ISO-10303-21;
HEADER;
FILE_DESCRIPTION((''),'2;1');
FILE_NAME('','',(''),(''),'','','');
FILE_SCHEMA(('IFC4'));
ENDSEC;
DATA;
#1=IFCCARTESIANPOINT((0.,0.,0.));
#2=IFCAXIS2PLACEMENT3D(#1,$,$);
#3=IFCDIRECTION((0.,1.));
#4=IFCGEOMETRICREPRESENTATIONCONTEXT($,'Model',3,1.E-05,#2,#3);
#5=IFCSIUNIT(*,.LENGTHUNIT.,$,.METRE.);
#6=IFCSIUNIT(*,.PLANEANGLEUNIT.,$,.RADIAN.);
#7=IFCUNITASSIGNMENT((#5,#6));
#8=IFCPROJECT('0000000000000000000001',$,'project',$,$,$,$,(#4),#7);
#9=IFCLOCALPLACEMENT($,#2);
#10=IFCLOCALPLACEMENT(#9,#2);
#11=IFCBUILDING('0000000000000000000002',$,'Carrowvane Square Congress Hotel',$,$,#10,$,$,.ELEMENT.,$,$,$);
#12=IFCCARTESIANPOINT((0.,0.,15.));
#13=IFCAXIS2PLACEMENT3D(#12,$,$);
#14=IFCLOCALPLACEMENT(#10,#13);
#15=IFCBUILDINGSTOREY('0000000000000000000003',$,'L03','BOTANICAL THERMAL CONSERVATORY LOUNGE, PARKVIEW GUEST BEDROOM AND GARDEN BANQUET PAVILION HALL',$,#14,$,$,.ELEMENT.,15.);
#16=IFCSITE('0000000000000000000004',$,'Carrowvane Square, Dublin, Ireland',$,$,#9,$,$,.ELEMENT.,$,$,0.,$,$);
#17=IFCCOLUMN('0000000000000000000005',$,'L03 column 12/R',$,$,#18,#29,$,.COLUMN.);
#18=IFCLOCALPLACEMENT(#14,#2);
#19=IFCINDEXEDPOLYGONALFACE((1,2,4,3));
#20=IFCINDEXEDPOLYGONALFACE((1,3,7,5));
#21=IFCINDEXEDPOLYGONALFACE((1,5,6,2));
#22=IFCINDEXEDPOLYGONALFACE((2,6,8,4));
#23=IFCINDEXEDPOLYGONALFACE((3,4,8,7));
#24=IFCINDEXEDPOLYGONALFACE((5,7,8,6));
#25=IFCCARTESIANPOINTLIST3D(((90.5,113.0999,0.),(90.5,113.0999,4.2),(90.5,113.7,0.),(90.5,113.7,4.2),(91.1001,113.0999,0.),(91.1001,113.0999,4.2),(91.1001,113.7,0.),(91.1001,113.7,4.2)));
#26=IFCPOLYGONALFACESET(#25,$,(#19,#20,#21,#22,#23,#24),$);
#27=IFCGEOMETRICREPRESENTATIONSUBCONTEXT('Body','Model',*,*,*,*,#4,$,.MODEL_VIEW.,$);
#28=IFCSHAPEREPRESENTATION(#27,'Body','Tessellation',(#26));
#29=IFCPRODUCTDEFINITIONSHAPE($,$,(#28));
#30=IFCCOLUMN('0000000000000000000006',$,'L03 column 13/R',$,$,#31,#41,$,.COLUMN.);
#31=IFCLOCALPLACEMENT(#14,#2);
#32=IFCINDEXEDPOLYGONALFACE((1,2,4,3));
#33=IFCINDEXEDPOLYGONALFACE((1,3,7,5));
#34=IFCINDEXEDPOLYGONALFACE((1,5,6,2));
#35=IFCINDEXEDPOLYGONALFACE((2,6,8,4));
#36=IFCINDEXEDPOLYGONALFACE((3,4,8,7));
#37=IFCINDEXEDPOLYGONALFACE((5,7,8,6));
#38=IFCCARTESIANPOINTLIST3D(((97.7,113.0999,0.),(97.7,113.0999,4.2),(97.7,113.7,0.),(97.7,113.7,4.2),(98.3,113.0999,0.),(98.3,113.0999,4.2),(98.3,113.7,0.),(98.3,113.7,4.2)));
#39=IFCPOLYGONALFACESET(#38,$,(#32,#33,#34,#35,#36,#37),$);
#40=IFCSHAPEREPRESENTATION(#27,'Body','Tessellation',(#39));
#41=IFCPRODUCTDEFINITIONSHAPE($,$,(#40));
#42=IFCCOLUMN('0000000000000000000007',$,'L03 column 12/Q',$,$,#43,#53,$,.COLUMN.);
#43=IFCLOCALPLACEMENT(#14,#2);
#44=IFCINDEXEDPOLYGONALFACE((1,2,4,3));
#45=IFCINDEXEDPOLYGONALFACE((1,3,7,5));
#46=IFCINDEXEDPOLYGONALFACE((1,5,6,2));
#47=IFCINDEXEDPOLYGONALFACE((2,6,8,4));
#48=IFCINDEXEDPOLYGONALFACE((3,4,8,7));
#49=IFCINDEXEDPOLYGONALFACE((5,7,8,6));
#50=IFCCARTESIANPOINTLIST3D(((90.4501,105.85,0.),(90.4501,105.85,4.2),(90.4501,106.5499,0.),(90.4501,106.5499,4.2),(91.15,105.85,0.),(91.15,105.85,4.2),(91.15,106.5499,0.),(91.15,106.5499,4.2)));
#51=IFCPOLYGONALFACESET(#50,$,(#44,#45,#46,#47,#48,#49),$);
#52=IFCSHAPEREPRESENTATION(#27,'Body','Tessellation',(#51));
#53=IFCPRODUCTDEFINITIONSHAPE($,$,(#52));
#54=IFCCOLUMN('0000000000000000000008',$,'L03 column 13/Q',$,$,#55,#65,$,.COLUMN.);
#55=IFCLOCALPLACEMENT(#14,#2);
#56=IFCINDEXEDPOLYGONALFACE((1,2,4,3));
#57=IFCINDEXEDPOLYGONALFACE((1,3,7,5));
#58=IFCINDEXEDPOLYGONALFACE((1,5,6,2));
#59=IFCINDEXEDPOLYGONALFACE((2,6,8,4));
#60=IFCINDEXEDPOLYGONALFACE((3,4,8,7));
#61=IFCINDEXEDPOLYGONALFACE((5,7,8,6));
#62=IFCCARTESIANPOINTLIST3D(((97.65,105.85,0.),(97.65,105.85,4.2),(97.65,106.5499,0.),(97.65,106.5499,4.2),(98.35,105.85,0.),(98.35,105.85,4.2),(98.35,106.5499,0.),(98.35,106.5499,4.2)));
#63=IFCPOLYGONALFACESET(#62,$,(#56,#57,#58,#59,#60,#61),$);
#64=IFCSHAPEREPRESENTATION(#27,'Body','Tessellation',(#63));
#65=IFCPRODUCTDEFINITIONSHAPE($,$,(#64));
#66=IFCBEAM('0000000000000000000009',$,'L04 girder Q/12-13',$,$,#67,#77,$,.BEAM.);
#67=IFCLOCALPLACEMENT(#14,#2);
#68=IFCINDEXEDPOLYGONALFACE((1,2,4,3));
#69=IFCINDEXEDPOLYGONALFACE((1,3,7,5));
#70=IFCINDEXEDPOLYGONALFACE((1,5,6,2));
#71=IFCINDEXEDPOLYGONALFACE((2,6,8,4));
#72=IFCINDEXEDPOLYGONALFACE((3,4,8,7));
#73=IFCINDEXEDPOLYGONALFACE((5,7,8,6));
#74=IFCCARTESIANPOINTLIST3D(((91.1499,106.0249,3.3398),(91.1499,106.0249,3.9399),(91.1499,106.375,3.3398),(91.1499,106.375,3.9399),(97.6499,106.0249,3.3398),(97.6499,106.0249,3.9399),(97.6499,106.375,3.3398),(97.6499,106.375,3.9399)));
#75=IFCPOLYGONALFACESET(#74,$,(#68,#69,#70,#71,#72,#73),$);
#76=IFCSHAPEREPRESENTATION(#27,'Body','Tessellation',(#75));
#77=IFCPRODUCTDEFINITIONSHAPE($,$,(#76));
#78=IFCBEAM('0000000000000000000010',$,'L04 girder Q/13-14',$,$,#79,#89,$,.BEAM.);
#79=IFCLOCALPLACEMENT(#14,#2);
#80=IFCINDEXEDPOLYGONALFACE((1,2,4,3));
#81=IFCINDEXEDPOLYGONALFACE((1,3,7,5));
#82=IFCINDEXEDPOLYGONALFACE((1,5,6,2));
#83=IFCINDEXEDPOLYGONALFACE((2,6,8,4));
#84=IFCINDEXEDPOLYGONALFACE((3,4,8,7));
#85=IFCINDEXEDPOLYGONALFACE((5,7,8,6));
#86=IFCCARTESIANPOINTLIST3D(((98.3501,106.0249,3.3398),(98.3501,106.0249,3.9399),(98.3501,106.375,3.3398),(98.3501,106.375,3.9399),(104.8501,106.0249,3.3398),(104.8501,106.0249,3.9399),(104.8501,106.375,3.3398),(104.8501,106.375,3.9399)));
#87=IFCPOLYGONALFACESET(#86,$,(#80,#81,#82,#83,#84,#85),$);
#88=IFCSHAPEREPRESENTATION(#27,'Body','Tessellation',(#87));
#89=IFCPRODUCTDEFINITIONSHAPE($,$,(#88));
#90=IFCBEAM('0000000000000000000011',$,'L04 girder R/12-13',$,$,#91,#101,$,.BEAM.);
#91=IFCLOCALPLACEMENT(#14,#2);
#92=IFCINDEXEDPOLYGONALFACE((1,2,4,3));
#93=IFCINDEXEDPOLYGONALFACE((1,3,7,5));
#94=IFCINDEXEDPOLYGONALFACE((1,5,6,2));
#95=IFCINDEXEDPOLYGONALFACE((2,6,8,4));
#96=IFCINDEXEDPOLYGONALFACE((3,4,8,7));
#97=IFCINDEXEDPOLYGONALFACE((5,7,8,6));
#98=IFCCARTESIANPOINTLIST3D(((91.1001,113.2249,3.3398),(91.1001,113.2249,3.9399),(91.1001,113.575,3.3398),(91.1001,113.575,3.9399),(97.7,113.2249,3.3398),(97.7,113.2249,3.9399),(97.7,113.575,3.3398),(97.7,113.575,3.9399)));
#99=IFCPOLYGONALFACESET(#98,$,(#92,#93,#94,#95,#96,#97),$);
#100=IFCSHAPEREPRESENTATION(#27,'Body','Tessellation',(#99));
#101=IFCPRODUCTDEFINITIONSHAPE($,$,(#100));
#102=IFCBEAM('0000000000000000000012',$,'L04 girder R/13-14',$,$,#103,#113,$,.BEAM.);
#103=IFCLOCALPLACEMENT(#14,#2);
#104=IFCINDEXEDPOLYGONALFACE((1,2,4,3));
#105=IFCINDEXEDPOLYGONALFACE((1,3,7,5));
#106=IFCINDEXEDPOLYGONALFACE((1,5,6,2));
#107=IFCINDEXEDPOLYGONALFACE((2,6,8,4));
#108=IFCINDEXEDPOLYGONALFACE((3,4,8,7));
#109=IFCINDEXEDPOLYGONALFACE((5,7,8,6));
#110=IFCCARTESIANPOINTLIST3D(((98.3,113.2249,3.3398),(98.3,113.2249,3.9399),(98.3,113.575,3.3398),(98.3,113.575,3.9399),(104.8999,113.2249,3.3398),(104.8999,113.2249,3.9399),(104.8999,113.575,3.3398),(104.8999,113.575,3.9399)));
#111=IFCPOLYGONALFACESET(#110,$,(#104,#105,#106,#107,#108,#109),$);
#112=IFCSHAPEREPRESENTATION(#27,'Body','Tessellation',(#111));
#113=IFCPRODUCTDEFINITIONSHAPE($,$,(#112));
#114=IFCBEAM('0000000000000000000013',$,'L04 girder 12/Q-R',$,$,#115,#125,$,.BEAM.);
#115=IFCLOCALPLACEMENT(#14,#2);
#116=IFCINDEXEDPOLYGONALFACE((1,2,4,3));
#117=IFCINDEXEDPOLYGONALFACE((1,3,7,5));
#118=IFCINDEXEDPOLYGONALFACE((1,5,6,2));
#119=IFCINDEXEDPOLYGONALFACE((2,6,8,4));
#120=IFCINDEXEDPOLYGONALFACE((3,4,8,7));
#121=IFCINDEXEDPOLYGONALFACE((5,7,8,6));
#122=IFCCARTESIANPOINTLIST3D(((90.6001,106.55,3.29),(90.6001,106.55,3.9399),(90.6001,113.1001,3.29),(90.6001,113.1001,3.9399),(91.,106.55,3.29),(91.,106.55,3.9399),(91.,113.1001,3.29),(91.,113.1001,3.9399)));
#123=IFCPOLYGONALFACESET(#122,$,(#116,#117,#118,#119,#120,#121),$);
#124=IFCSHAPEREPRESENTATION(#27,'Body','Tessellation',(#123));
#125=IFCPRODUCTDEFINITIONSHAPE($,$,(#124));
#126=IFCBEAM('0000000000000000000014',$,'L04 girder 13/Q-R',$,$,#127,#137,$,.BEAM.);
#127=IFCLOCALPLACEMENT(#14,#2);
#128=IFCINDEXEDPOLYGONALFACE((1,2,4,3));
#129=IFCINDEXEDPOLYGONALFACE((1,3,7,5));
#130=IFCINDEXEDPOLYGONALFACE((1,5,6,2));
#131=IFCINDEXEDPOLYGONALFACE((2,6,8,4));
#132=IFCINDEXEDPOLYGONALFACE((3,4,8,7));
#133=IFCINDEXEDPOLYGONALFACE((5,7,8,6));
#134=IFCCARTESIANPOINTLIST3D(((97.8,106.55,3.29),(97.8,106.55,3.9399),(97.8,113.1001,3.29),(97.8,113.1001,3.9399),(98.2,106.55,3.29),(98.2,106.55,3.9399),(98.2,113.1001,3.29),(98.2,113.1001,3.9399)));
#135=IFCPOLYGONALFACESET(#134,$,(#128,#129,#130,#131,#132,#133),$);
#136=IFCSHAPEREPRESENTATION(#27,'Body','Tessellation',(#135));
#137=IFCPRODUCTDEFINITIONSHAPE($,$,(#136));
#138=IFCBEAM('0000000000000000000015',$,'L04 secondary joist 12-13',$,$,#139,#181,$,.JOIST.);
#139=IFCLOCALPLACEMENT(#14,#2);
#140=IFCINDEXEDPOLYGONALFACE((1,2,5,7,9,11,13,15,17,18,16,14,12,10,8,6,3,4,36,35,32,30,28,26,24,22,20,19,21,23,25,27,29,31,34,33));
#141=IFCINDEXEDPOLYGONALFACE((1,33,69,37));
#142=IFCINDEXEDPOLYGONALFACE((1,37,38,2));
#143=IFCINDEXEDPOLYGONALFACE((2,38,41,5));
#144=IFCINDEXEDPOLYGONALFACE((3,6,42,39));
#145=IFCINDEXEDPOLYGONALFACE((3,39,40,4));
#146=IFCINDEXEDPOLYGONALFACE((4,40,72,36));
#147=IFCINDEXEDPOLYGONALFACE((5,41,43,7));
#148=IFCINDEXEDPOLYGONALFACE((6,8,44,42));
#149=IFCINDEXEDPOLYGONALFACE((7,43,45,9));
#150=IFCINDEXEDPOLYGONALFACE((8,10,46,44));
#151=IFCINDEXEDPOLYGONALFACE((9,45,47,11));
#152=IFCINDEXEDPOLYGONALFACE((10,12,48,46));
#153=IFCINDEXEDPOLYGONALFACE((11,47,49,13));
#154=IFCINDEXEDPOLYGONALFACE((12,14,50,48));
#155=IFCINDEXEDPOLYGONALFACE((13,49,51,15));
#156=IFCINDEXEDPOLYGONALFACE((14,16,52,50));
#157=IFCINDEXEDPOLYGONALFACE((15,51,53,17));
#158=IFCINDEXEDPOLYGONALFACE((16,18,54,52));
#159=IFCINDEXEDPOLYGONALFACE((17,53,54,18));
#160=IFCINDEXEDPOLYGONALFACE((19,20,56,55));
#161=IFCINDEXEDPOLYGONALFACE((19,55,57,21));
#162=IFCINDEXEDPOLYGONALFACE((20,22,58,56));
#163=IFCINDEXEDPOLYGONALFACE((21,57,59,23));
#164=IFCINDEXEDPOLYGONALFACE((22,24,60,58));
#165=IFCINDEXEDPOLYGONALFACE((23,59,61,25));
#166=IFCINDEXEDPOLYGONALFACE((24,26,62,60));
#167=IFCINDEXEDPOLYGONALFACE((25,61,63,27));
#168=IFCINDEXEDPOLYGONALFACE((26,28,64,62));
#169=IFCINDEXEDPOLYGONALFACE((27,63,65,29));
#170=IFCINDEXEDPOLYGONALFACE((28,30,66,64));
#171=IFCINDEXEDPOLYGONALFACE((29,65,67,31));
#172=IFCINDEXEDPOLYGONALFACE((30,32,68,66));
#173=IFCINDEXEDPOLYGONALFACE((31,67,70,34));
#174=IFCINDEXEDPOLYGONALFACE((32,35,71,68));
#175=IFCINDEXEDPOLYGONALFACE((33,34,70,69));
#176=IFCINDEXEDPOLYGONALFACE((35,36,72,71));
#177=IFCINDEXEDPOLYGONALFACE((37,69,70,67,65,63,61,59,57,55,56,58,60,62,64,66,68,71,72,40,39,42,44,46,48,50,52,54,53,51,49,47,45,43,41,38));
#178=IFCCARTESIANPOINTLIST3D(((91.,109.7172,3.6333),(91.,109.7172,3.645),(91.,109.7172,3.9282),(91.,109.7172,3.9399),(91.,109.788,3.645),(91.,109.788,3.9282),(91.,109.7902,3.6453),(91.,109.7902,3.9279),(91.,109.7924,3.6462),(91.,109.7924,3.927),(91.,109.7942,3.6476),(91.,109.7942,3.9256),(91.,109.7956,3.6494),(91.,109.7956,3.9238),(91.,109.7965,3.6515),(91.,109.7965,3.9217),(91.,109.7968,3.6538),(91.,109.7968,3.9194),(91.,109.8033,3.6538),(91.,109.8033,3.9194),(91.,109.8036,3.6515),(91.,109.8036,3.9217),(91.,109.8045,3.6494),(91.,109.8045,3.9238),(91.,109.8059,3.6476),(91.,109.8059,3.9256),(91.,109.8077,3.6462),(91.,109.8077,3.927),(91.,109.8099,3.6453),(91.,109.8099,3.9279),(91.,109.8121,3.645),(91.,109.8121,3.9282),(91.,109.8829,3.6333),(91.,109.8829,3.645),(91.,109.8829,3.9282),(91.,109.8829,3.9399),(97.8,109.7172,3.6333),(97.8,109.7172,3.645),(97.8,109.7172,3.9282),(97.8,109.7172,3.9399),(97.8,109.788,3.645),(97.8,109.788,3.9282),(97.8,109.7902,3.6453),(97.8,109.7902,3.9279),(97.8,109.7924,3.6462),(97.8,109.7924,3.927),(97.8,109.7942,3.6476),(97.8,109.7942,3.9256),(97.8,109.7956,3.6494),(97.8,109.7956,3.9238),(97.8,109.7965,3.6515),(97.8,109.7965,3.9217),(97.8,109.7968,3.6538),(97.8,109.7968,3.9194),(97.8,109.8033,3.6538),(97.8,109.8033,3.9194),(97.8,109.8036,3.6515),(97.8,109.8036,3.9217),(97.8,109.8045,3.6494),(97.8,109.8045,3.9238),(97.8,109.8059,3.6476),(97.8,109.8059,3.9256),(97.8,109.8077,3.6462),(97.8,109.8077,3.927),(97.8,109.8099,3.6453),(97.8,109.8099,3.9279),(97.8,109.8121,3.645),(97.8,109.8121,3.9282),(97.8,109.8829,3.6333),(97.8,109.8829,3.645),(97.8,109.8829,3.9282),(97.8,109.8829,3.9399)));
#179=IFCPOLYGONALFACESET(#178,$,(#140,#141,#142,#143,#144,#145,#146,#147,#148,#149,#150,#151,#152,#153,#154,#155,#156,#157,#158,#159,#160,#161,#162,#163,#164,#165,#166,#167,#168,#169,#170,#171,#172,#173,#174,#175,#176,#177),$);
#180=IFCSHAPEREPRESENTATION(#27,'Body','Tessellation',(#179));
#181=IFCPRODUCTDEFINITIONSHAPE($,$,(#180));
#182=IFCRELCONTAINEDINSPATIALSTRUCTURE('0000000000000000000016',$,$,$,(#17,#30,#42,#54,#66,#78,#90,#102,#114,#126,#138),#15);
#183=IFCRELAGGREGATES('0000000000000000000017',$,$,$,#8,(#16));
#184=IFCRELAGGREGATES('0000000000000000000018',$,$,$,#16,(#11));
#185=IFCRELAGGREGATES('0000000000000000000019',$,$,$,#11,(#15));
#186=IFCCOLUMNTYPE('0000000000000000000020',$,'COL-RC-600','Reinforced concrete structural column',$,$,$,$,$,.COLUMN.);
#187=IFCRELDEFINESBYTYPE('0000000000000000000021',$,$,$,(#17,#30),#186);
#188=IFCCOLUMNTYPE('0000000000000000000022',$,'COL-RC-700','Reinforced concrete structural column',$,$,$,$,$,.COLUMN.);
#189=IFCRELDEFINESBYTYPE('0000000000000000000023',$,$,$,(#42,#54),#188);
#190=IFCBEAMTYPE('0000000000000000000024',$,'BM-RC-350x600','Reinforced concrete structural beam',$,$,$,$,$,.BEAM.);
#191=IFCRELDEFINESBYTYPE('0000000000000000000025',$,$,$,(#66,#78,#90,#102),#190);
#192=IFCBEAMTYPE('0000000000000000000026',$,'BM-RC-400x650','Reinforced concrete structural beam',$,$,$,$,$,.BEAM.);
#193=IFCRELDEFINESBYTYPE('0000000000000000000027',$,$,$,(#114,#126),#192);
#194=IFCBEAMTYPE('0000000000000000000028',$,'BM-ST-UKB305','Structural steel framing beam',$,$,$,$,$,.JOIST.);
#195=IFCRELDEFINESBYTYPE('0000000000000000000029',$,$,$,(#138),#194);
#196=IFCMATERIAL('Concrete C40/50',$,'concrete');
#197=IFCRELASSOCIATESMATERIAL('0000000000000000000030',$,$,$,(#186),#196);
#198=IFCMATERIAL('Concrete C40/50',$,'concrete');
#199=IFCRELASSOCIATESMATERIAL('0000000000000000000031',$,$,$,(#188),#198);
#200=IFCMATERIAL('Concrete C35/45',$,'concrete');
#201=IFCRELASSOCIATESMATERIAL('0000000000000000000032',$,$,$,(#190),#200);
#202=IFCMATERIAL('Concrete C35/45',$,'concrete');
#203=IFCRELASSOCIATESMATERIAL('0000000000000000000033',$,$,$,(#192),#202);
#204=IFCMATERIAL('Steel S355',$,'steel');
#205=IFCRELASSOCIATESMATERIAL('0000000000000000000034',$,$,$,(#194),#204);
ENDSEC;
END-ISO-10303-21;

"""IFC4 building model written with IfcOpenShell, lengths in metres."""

from ifc_helpers import new_model, si_unit, direction, frame, origin, origin_2d, place, context, subcontext, project, spatial, rectangle, i_section, extrude, material, material_profile, profile_set, type_object, element, save


model = new_model("IFC4")

# Units and contexts
model_context = context("Model", 3, precision=1e-05, world=origin(), true_north=direction((0.0, 1.0)))
body_context = subcontext(model_context, "Body", "Model", "MODEL_VIEW")
ifc_project = project(units=[si_unit("LENGTHUNIT", "METRE"), si_unit("PLANEANGLEUNIT", "RADIAN")], contexts=[model_context])

# Site, building, storey
site_placement = place(None, origin())
site = spatial("IfcSite", under=ifc_project, at=site_placement, Name="Carrowvane Square, Dublin, Ireland", CompositionType="ELEMENT", RefElevation=0.0)
building_placement = place(site_placement, origin())
building = spatial("IfcBuilding", under=site, at=building_placement, Name="Carrowvane Square Congress Hotel", CompositionType="ELEMENT")
storey_placement = place(building_placement, frame((0.0, 0.0, 15.0)))
storey = spatial("IfcBuildingStorey", under=building, at=storey_placement, Name="L03", Description="BOTANICAL THERMAL CONSERVATORY LOUNGE, PARKVIEW GUEST BEDROOM AND GARDEN BANQUET PAVILION HALL", CompositionType="ELEMENT", Elevation=15.0)

# Columns
ifc_material_1 = material(Name="Concrete C40/50", Category="concrete")
ifc_material_profile_1 = material_profile(ifc_material_1, rectangle(XDim=0.6001, YDim=0.6001, at=origin_2d()), Name="RC 600x600")
ifc_profile_set_1 = profile_set([ifc_material_profile_1], Name="Concrete C40/50")
column_type_1 = type_object("IfcColumnType", Name="COL-RC-600", Description="Reinforced concrete structural column", PredefinedType="COLUMN", material=ifc_profile_set_1)
for number, where, z_axis, x_axis, name in (
    (1, (90.8, 113.3999, 0.0), (0.0, 0.0, 1.0), (1.0, 0.0, 0.0), "L03 column 12/R"),
    (2, (98.0, 113.3999, 0.0), (0.0, 0.0, 1.0), (1.0, 0.0, 0.0), "L03 column 13/R"),
):
    element("IfcColumn", number, at=place(storey_placement, frame(where, z_axis=z_axis, x_axis=x_axis)), inside=storey, type_object=column_type_1, Name=name, PredefinedType="COLUMN", context=body_context, shape_type="SweptSolid", body=[
        extrude(rectangle(XDim=0.6001, YDim=0.6001, at=origin_2d()), origin(), (0.0, 0.0, 1.0), 4.2),
    ])
ifc_material_2 = material(Name="Concrete C40/50", Category="concrete")
ifc_material_profile_2 = material_profile(ifc_material_2, rectangle(XDim=0.7, YDim=0.7, at=origin_2d()), Name="RC 700x700")
ifc_profile_set_2 = profile_set([ifc_material_profile_2], Name="Concrete C40/50")
column_type_2 = type_object("IfcColumnType", Name="COL-RC-700", Description="Reinforced concrete structural column", PredefinedType="COLUMN", material=ifc_profile_set_2)
for number, where, z_axis, x_axis, name in (
    (3, (90.8, 106.2, 0.0), (0.0, 0.0, 1.0), (1.0, 0.0, 0.0), "L03 column 12/Q"),
    (4, (98.0, 106.2, 0.0), (0.0, 0.0, 1.0), (1.0, 0.0, 0.0), "L03 column 13/Q"),
):
    element("IfcColumn", number, at=place(storey_placement, frame(where, z_axis=z_axis, x_axis=x_axis)), inside=storey, type_object=column_type_2, Name=name, PredefinedType="COLUMN", context=body_context, shape_type="SweptSolid", body=[
        extrude(rectangle(XDim=0.7, YDim=0.7, at=origin_2d()), origin(), (0.0, 0.0, 1.0), 4.2),
    ])

# Beams
ifc_material_3 = material(Name="Concrete C35/45", Category="concrete")
ifc_material_profile_3 = material_profile(ifc_material_3, rectangle(XDim=0.3501, YDim=0.6001, at=origin_2d()), Name="RC 350x600")
ifc_profile_set_3 = profile_set([ifc_material_profile_3], Name="Concrete C35/45")
beam_type_1 = type_object("IfcBeamType", Name="BM-RC-350x600", Description="Reinforced concrete structural beam", PredefinedType="BEAM", material=ifc_profile_set_3)
for number, where, z_axis, x_axis, name in (
    (5, (91.1499, 106.2, 3.6399), (1.0, 0.0, 0.0), (0.0, 1.0, 0.0), "L04 girder Q/12-13"),
    (6, (98.3501, 106.2, 3.6399), (1.0, 0.0, 0.0), (0.0, 1.0, 0.0), "L04 girder Q/13-14"),
):
    element("IfcBeam", number, at=place(storey_placement, frame(where, z_axis=z_axis, x_axis=x_axis)), inside=storey, type_object=beam_type_1, Name=name, PredefinedType="BEAM", context=body_context, shape_type="SweptSolid", body=[
        extrude(rectangle(XDim=0.3501, YDim=0.6001, at=origin_2d()), origin(), (0.0, 0.0, 1.0), 6.5),
    ])
for number, where, z_axis, x_axis, name in (
    (7, (91.1001, 113.3999, 3.6399), (1.0, 0.0, 0.0), (0.0, 1.0, 0.0), "L04 girder R/12-13"),
    (8, (98.3, 113.3999, 3.6399), (1.0, 0.0, 0.0), (0.0, 1.0, 0.0), "L04 girder R/13-14"),
):
    element("IfcBeam", number, at=place(storey_placement, frame(where, z_axis=z_axis, x_axis=x_axis)), inside=storey, type_object=beam_type_1, Name=name, PredefinedType="BEAM", context=body_context, shape_type="SweptSolid", body=[
        extrude(rectangle(XDim=0.3501, YDim=0.6001, at=origin_2d()), origin(), (0.0, 0.0, 1.0), 6.5999),
    ])
ifc_material_4 = material(Name="Concrete C35/45", Category="concrete")
ifc_material_profile_4 = material_profile(ifc_material_4, rectangle(XDim=0.3999, YDim=0.6499, at=origin_2d()), Name="RC 400x650")
ifc_profile_set_4 = profile_set([ifc_material_profile_4], Name="Concrete C35/45")
beam_type_2 = type_object("IfcBeamType", Name="BM-RC-400x650", Description="Reinforced concrete structural beam", PredefinedType="BEAM", material=ifc_profile_set_4)
for number, where, z_axis, x_axis, name in (
    (9, (90.8, 106.55, 3.615), (0.0, 1.0, 0.0), (-1.0, 0.0, 0.0), "L04 girder 12/Q-R"),
    (10, (98.0, 106.55, 3.615), (0.0, 1.0, 0.0), (-1.0, 0.0, 0.0), "L04 girder 13/Q-R"),
):
    element("IfcBeam", number, at=place(storey_placement, frame(where, z_axis=z_axis, x_axis=x_axis)), inside=storey, type_object=beam_type_2, Name=name, PredefinedType="BEAM", context=body_context, shape_type="SweptSolid", body=[
        extrude(rectangle(XDim=0.3999, YDim=0.6499, at=origin_2d()), origin(), (0.0, 0.0, 1.0), 6.55),
    ])
ifc_material_5 = material(Name="Steel S355", Category="steel")
ifc_material_profile_5 = material_profile(ifc_material_5, i_section(OverallWidth=0.1658, OverallDepth=0.3066, WebThickness=0.0066, FlangeThickness=0.0117, FilletRadius=0.0088, at=origin_2d()), Name="UKB 305x165x46")
ifc_profile_set_5 = profile_set([ifc_material_profile_5], Name="Steel S355")
beam_type_3 = type_object("IfcBeamType", Name="BM-ST-UKB305", Description="Structural steel framing beam", PredefinedType="JOIST", material=ifc_profile_set_5)
for number, where, z_axis, x_axis, name in (
    (11, (91.0, 109.8, 3.7866), (1.0, 0.0, 0.0), (0.0, 1.0, 0.0), "L04 secondary joist 12-13"),
):
    element("IfcBeam", number, at=place(storey_placement, frame(where, z_axis=z_axis, x_axis=x_axis)), inside=storey, type_object=beam_type_3, Name=name, PredefinedType="JOIST", context=body_context, shape_type="SweptSolid", body=[
        extrude(i_section(OverallWidth=0.1658, OverallDepth=0.3066, WebThickness=0.0066, FlangeThickness=0.0117, FilletRadius=0.0088, at=origin_2d()), origin(), (0.0, 0.0, 1.0), 6.8),
    ])

save(model, "model.ifc")
